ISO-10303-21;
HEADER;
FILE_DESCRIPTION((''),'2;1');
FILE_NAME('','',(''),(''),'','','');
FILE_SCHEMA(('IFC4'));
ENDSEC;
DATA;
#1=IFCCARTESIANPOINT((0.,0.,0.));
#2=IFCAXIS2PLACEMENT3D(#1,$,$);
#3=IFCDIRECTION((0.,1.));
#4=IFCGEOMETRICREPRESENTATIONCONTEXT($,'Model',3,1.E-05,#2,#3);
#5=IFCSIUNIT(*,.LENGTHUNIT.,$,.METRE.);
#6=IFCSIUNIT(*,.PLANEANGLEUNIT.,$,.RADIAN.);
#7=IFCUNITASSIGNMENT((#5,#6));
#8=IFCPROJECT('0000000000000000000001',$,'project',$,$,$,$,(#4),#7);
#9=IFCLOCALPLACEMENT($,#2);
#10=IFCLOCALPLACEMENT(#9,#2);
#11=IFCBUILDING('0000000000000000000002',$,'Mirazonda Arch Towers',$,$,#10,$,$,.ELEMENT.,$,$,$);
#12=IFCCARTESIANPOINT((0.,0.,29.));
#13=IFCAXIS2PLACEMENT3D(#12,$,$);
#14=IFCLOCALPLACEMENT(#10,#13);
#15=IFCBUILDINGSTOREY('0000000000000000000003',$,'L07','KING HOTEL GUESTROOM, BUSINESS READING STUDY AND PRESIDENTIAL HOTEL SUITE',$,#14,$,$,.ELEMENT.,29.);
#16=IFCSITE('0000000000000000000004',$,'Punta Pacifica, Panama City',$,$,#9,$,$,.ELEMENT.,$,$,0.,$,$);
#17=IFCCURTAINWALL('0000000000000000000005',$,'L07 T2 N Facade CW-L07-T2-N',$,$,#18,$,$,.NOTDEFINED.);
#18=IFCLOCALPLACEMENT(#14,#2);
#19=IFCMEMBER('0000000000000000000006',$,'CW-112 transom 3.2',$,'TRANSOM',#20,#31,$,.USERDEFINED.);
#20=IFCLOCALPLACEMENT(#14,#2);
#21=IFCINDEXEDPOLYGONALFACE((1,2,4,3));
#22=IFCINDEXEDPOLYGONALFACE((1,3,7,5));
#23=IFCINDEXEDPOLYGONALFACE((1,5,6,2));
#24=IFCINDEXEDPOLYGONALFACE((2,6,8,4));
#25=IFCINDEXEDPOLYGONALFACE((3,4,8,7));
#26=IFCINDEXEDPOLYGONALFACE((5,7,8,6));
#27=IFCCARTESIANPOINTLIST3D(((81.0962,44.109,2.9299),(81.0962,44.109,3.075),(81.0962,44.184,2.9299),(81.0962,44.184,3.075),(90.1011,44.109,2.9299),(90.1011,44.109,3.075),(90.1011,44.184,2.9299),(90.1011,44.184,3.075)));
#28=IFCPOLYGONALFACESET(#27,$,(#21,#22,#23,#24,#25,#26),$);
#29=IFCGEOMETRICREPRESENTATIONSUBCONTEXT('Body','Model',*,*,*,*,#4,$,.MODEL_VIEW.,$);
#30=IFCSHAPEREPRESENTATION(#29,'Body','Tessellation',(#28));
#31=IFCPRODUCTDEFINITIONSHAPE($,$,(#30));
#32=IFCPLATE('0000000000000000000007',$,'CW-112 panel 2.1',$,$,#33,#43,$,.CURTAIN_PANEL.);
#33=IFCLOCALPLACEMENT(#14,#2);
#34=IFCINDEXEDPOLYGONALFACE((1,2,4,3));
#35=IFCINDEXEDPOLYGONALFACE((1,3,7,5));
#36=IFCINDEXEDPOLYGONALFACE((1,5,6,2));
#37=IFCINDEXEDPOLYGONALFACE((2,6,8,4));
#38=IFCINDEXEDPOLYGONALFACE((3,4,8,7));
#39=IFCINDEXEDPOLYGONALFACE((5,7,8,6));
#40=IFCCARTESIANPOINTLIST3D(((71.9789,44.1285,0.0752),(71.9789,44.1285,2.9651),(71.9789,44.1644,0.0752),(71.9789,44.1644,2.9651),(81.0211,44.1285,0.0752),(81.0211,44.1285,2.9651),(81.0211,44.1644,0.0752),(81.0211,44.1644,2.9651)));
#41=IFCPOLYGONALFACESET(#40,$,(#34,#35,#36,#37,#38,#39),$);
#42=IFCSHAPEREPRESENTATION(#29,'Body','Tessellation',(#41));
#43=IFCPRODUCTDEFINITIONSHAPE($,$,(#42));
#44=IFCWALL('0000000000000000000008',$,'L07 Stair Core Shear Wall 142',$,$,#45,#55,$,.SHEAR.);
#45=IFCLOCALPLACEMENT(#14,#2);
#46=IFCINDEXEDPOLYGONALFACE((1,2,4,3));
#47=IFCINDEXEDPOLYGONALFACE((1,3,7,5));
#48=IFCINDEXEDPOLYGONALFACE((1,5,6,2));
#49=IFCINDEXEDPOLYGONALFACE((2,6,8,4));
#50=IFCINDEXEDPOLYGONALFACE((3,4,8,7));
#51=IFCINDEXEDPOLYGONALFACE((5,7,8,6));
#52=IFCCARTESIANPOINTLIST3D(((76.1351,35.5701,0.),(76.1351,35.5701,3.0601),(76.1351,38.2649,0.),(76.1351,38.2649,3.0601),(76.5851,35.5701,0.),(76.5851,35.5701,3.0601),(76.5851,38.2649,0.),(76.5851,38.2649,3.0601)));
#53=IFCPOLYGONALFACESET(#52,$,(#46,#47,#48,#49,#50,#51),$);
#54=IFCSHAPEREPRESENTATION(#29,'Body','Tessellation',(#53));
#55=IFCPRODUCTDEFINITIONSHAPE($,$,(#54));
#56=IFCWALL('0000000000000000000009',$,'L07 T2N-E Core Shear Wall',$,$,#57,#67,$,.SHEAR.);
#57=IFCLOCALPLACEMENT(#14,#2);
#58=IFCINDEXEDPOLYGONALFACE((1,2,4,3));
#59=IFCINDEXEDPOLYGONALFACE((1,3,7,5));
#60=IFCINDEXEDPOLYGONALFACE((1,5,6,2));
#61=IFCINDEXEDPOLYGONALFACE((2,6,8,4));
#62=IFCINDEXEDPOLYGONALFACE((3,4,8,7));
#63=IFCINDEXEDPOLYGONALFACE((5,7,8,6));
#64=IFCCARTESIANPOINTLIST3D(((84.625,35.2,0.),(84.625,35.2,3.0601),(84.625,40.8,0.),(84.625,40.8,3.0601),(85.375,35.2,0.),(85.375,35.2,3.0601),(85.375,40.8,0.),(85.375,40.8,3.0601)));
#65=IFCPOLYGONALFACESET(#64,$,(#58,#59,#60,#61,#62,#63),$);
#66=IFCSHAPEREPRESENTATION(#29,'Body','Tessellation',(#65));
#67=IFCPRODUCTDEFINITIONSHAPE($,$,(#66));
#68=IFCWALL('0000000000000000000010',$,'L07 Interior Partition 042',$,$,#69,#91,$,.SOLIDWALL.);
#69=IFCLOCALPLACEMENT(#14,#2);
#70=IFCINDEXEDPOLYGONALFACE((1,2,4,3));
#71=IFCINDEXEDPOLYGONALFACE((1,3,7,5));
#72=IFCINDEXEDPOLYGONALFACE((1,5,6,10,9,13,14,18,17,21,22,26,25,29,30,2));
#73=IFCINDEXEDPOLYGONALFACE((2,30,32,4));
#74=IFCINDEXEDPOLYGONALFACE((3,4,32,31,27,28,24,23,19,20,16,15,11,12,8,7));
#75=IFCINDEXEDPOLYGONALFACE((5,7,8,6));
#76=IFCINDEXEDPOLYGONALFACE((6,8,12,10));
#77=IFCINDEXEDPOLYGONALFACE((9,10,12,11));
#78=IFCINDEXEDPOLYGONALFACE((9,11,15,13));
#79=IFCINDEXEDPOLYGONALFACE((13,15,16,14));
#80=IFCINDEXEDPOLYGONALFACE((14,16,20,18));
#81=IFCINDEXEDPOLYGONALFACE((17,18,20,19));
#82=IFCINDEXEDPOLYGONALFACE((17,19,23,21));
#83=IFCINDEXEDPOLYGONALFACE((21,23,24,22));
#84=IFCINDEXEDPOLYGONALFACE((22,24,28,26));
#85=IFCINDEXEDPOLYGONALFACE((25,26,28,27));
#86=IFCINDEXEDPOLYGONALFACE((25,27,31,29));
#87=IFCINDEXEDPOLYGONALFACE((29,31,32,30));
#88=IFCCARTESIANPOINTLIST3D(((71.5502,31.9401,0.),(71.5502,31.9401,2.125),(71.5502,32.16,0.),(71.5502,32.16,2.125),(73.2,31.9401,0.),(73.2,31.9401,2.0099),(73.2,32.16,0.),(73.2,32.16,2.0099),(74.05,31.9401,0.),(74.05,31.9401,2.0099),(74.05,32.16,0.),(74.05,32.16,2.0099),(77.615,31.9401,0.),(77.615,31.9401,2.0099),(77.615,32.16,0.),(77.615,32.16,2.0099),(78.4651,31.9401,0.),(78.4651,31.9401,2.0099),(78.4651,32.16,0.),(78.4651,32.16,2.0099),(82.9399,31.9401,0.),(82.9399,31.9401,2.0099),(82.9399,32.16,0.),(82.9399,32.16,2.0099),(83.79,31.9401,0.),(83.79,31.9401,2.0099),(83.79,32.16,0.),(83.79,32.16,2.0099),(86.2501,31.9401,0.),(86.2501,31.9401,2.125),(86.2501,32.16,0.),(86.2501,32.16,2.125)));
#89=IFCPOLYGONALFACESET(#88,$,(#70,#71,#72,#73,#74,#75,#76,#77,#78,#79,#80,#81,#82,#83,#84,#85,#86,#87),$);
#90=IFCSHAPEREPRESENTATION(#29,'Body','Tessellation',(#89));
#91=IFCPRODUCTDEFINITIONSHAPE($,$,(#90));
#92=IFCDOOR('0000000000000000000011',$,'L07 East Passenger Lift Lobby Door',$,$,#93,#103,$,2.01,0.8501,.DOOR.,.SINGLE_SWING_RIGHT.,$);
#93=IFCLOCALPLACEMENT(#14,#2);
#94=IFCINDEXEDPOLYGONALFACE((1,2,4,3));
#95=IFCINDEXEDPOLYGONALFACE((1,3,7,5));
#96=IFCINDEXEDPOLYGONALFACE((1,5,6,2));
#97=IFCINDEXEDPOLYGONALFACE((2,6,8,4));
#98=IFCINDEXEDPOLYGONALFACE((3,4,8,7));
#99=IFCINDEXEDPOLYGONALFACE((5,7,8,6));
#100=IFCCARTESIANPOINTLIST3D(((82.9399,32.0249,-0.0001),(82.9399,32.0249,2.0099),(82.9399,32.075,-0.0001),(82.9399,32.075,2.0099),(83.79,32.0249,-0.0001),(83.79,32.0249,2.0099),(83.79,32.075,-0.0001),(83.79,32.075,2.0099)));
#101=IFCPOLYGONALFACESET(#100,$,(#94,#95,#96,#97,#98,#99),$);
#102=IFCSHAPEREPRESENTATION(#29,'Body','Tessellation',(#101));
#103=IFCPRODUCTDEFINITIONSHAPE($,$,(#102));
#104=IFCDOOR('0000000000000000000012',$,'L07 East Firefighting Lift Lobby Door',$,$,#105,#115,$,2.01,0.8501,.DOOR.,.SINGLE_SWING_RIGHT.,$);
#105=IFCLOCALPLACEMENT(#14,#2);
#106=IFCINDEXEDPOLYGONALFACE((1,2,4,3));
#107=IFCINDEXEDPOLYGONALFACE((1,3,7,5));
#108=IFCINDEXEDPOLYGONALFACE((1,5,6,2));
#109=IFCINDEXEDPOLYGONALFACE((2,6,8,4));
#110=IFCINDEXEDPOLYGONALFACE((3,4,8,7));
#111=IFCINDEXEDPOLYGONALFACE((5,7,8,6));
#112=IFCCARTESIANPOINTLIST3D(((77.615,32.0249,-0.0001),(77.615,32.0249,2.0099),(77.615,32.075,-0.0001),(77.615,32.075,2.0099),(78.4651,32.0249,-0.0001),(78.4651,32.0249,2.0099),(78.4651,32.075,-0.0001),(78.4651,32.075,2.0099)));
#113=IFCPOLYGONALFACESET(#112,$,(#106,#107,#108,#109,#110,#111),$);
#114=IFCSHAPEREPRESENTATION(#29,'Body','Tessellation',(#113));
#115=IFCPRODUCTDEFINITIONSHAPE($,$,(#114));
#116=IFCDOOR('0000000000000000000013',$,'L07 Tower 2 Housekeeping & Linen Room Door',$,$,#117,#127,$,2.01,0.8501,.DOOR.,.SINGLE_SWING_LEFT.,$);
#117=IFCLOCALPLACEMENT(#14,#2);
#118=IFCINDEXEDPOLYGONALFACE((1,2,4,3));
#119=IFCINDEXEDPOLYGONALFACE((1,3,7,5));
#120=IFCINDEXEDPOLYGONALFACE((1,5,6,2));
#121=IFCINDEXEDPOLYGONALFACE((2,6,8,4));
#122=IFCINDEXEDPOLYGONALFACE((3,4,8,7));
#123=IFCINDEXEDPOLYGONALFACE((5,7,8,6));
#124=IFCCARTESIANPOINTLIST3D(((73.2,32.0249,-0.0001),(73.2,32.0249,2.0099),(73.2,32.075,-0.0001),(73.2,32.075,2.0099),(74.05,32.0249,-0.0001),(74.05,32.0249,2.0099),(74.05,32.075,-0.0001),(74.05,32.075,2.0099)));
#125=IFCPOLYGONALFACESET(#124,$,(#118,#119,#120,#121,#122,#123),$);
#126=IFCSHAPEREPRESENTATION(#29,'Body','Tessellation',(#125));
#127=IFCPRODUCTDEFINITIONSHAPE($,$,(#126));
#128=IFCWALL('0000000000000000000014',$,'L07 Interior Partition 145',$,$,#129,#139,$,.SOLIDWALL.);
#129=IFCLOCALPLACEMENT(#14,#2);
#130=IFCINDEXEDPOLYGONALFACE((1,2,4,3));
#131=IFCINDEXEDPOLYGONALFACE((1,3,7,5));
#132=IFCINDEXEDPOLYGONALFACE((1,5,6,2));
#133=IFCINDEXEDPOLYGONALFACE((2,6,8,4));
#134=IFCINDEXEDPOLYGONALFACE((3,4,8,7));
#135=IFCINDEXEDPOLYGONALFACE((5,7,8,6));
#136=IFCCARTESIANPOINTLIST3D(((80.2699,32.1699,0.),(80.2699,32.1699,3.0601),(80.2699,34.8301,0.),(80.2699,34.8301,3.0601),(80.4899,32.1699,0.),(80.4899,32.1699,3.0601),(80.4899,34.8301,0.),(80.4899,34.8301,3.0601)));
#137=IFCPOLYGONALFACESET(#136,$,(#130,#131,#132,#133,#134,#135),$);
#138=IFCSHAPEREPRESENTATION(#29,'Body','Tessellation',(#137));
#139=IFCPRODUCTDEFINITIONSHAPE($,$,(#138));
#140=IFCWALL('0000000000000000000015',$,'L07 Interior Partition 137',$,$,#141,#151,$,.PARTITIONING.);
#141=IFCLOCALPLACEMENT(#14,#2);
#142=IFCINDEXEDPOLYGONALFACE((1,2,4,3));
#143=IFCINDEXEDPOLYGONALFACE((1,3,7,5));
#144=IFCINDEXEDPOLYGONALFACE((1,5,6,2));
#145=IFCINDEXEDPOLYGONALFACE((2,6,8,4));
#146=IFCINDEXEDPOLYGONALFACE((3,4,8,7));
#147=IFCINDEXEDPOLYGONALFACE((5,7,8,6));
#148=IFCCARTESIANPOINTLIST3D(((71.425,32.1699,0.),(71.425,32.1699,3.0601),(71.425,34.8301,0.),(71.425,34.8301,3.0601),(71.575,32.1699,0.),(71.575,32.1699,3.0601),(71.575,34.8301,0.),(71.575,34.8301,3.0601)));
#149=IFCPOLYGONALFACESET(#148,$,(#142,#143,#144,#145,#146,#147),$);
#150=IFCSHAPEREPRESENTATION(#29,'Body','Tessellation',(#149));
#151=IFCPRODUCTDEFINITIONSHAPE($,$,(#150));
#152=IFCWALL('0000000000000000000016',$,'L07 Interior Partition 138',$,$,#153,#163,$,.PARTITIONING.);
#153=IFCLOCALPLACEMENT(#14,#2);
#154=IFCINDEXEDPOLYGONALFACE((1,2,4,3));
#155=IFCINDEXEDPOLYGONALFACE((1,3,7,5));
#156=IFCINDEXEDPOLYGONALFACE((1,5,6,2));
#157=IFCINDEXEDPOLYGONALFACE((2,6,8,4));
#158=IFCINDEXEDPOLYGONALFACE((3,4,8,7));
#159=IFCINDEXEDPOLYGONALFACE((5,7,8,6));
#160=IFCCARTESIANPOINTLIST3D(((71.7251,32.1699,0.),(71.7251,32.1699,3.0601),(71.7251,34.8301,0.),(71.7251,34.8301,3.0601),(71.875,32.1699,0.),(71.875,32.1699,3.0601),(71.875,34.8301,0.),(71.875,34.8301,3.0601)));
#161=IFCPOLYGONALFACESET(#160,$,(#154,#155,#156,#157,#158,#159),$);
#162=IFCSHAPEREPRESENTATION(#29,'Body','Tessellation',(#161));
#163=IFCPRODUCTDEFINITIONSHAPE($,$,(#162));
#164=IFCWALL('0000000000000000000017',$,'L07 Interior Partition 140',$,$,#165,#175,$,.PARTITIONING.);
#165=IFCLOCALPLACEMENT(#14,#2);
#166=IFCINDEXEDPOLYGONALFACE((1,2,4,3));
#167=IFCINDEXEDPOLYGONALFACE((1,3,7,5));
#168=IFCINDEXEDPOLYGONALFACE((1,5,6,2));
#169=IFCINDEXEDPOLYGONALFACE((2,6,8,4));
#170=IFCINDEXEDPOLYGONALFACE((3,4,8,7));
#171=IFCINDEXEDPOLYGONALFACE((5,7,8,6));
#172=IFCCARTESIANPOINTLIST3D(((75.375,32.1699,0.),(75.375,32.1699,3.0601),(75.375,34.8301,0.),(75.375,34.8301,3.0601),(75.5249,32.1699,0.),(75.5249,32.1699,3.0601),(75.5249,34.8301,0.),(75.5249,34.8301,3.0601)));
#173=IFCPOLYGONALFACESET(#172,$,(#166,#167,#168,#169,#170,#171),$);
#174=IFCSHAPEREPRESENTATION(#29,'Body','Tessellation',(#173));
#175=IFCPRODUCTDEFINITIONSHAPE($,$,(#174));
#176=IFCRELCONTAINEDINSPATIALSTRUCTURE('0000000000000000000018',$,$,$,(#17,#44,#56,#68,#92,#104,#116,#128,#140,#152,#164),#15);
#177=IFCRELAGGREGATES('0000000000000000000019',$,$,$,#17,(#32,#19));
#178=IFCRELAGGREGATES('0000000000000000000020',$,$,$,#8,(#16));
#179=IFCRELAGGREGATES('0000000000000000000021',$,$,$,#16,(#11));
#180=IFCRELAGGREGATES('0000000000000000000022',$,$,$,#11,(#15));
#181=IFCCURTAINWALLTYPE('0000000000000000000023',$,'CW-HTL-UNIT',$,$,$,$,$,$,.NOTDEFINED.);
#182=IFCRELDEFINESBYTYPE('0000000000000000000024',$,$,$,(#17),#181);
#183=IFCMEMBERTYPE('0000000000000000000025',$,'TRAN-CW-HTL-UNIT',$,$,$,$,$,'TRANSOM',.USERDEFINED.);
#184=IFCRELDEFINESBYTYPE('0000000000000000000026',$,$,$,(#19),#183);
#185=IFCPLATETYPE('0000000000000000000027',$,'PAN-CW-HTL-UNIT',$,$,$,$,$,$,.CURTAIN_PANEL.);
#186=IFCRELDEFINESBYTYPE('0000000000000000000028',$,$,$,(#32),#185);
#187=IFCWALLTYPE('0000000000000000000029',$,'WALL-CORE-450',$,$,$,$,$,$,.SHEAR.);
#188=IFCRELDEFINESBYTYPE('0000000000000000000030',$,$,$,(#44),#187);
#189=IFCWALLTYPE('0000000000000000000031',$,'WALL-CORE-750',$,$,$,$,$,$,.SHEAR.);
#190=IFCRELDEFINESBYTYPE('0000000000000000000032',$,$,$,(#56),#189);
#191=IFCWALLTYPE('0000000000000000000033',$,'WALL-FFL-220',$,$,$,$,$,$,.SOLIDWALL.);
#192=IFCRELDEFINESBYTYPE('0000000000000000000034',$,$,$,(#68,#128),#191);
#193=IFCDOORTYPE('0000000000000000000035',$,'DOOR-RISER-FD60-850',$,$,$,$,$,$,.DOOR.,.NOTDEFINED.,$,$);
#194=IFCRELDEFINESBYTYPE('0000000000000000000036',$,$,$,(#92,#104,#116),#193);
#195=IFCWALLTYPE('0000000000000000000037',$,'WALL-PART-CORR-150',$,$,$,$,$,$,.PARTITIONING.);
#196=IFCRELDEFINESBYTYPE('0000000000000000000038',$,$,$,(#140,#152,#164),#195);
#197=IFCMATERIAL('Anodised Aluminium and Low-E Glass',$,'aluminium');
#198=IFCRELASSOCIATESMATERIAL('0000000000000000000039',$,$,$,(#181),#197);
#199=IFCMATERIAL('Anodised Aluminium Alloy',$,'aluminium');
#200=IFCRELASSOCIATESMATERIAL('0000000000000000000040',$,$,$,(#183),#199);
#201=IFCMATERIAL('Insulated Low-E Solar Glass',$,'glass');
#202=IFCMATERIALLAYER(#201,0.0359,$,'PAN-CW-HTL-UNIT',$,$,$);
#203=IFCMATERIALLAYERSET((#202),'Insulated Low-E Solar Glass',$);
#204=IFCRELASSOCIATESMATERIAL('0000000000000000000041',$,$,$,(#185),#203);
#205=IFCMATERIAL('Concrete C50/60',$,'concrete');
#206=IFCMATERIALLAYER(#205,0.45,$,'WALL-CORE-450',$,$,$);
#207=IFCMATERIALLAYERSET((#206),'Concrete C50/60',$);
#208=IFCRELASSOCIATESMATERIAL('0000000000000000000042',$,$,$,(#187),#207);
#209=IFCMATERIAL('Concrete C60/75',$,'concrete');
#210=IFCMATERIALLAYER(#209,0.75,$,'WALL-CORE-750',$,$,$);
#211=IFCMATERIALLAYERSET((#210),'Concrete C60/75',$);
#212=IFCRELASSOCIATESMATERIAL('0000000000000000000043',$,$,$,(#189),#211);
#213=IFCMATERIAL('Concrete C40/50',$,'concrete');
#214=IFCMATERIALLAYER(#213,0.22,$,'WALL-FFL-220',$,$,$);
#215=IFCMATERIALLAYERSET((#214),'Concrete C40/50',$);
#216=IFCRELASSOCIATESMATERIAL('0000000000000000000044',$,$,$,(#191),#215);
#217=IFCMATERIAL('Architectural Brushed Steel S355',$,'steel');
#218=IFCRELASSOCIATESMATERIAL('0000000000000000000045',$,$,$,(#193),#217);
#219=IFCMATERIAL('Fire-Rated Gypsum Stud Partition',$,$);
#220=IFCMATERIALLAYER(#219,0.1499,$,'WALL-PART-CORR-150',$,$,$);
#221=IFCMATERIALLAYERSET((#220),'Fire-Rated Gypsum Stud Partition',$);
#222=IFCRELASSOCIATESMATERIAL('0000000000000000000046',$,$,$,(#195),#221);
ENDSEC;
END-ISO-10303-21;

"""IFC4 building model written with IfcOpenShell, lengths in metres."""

from ifc_helpers import new_model, si_unit, direction, frame, frame_2d, origin, origin_2d, place, context, subcontext, project, spatial, rectangle, extrude, material, layer, layer_set, material_profile, profile_set, type_object, element, fill, aggregate, save


model = new_model("IFC4")

# Units and contexts
model_context = context("Model", 3, precision=1e-05, world=origin(), true_north=direction((0.0, 1.0)))
body_context = subcontext(model_context, "Body", "Model", "MODEL_VIEW")
ifc_project = project(units=[si_unit("LENGTHUNIT", "METRE"), si_unit("PLANEANGLEUNIT", "RADIAN")], contexts=[model_context])

# Site, building, storey
site_placement = place(None, origin())
site = spatial("IfcSite", under=ifc_project, at=site_placement, Name="Punta Pacifica, Panama City", CompositionType="ELEMENT", RefElevation=0.0)
building_placement = place(site_placement, origin())
building = spatial("IfcBuilding", under=site, at=building_placement, Name="Mirazonda Arch Towers", CompositionType="ELEMENT")
storey_placement = place(building_placement, frame((0.0, 0.0, 29.0)))
storey = spatial("IfcBuildingStorey", under=building, at=storey_placement, Name="L07", Description="KING HOTEL GUESTROOM, BUSINESS READING STUDY AND PRESIDENTIAL HOTEL SUITE", CompositionType="ELEMENT", Elevation=29.0)

# Shared definitions
ifc_material_1 = material(Name="Concrete C60/75", Category="concrete")

# Curtain wall, member, plate
ifc_material_2 = material(Name="Anodised Aluminium and Low-E Glass", Category="aluminium")
curtain_wall_type = type_object("IfcCurtainWallType", Name="CW-HTL-UNIT", PredefinedType="NOTDEFINED", material=ifc_material_2)
curtain_wall_placement = place(storey_placement, origin())
curtain_wall = element("IfcCurtainWall", 1, at=curtain_wall_placement, inside=storey, type_object=curtain_wall_type, Name="L07 T2 N Facade CW-L07-T2-N", PredefinedType="NOTDEFINED")
ifc_material_3 = material(Name="Anodised Aluminium Alloy", Category="aluminium")
ifc_material_profile_1 = material_profile(ifc_material_3, rectangle(XDim=0.075, YDim=0.145, at=origin_2d()), Name="ALU-TRAN-75x145")
ifc_profile_set_1 = profile_set([ifc_material_profile_1], Name="Anodised Aluminium Alloy")
member_type_1 = type_object("IfcMemberType", Name="TRAN-CW-HTL-UNIT", ElementType="TRANSOM", PredefinedType="USERDEFINED", material=ifc_profile_set_1)
member_1_placement = place(storey_placement, frame((81.0962, 44.1465, 3.0024), z_axis=(1.0, 0.0, 0.0), x_axis=(0.0, 1.0, 0.0)))
member_1 = element("IfcMember", 2, at=member_1_placement, type_object=member_type_1, Name="CW-112 transom 3.2", ObjectType="TRANSOM", PredefinedType="USERDEFINED", context=body_context, shape_type="SweptSolid", body=[
    extrude(rectangle(XDim=0.075, YDim=0.145, at=origin_2d()), origin(), (0.0, 0.0, 1.0), 9.0049),
])
ifc_material_4 = material(Name="Insulated Low-E Solar Glass", Category="glass")
ifc_layer_1 = layer(ifc_material_4, 0.0359, Name="PAN-CW-HTL-UNIT")
ifc_layer_set_1 = layer_set([ifc_layer_1], Name="Insulated Low-E Solar Glass")
plate_type = type_object("IfcPlateType", Name="PAN-CW-HTL-UNIT", PredefinedType="CURTAIN_PANEL", material=ifc_layer_set_1)
plate_placement = place(storey_placement, frame((76.5, 44.1465, 0.0752), z_axis=(0.0, 0.0, 1.0), x_axis=(1.0, 0.0, 0.0)))
plate = element("IfcPlate", 3, at=plate_placement, type_object=plate_type, Name="CW-112 panel 2.1", PredefinedType="CURTAIN_PANEL", context=body_context, shape_type="SweptSolid", body=[
    extrude(rectangle(XDim=9.0422, YDim=0.0359, at=origin_2d()), origin(), (0.0, 0.0, 1.0), 2.8899),
])
aggregate(curtain_wall, [plate, member_1])

# Walls
ifc_material_5 = material(Name="Concrete C50/60", Category="concrete")
ifc_layer_2 = layer(ifc_material_5, 0.45, Name="WALL-CORE-450")
ifc_layer_set_2 = layer_set([ifc_layer_2], Name="Concrete C50/60")
wall_type_1 = type_object("IfcWallType", Name="WALL-CORE-450", PredefinedType="SHEAR", material=ifc_layer_set_2)
wall_1_placement = place(storey_placement, frame((76.3601, 35.5701, 0.0), z_axis=(0.0, 0.0, 1.0), x_axis=(0.0, 1.0, 0.0)))
element("IfcWall", 4, at=wall_1_placement, inside=storey, type_object=wall_type_1, Name="L07 Stair Core Shear Wall 142", PredefinedType="SHEAR", context=body_context, shape_type="SweptSolid", body=[
    extrude(rectangle(XDim=2.6948, YDim=0.45, at=frame_2d((1.3474, 0.0))), origin(), (0.0, 0.0, 1.0), 3.0601),
])
ifc_layer_3 = layer(ifc_material_1, 0.75, Name="WALL-CORE-750")
ifc_layer_set_3 = layer_set([ifc_layer_3], Name="Concrete C60/75")
wall_type_2 = type_object("IfcWallType", Name="WALL-CORE-750", PredefinedType="SHEAR", material=ifc_layer_set_3)
wall_2_placement = place(storey_placement, frame((85.0, 35.2, 0.0), z_axis=(0.0, 0.0, 1.0), x_axis=(0.0, 1.0, 0.0)))
element("IfcWall", 5, at=wall_2_placement, inside=storey, type_object=wall_type_2, Name="L07 T2N-E Core Shear Wall", PredefinedType="SHEAR", context=body_context, shape_type="SweptSolid", body=[
    extrude(rectangle(XDim=5.6001, YDim=0.75, at=frame_2d((2.8, 0.0))), origin(), (0.0, 0.0, 1.0), 3.0601),
])

# Wall, openings, doors
ifc_material_6 = material(Name="Concrete C40/50", Category="concrete")
ifc_layer_4 = layer(ifc_material_6, 0.22, Name="WALL-FFL-220")
ifc_layer_set_4 = layer_set([ifc_layer_4], Name="Concrete C40/50")
wall_type_3 = type_object("IfcWallType", Name="WALL-FFL-220", PredefinedType="SOLIDWALL", material=ifc_layer_set_4)
wall_3_placement = place(storey_placement, frame((71.55, 32.05, 0.0), z_axis=(0.0, 0.0, 1.0), x_axis=(1.0, 0.0, 0.0)))
wall_3 = element("IfcWall", 6, at=wall_3_placement, inside=storey, type_object=wall_type_3, Name="L07 Interior Partition 042", PredefinedType="SOLIDWALL", context=body_context, shape_type="SweptSolid", body=[
    extrude(rectangle(XDim=14.7, YDim=0.22, at=frame_2d((7.3501, 0.0))), origin(), (0.0, 0.0, 1.0), 2.125),
])
opening_1_placement = place(wall_3_placement, frame((11.3899, 0.0, 0.0)))
opening_1 = element("IfcOpeningElement", 7, at=opening_1_placement, cuts=wall_3, PredefinedType="OPENING", context=body_context, shape_type="SweptSolid", body=[
    extrude(rectangle(XDim=0.8501, YDim=2.01, at=frame_2d((0.425, 1.0049))), frame((0.0, 0.1199, 0.0), z_axis=(0.0, -1.0, 0.0), x_axis=(1.0, 0.0, 0.0)), (0.0, 0.0, 1.0), 0.24),
])
opening_2_placement = place(wall_3_placement, frame((6.0649, 0.0, 0.0)))
opening_2 = element("IfcOpeningElement", 8, at=opening_2_placement, cuts=wall_3, PredefinedType="OPENING", context=body_context, shape_type="SweptSolid", body=[
    extrude(rectangle(XDim=0.8501, YDim=2.01, at=frame_2d((0.425, 1.0049))), frame((0.0, 0.1199, 0.0), z_axis=(0.0, -1.0, 0.0), x_axis=(1.0, 0.0, 0.0)), (0.0, 0.0, 1.0), 0.24),
])
opening_3_placement = place(wall_3_placement, frame((1.6499, 0.0, 0.0)))
opening_3 = element("IfcOpeningElement", 9, at=opening_3_placement, cuts=wall_3, PredefinedType="OPENING", context=body_context, shape_type="SweptSolid", body=[
    extrude(rectangle(XDim=0.8501, YDim=2.01, at=frame_2d((0.425, 1.0049))), frame((0.0, 0.1199, 0.0), z_axis=(0.0, -1.0, 0.0), x_axis=(1.0, 0.0, 0.0)), (0.0, 0.0, 1.0), 0.24),
])
ifc_material_7 = material(Name="Architectural Brushed Steel S355", Category="steel")
door_type = type_object("IfcDoorType", Name="DOOR-RISER-FD60-850", OperationType="NOTDEFINED", PredefinedType="DOOR", material=ifc_material_7)
door_1_placement = place(opening_1_placement, origin())
door_1 = element("IfcDoor", 10, at=door_1_placement, inside=storey, type_object=door_type, Name="L07 East Passenger Lift Lobby Door", OperationType="SINGLE_SWING_RIGHT", OverallHeight=2.01, OverallWidth=0.8501, PredefinedType="DOOR", context=body_context, shape_type="SweptSolid", body=[
    extrude(rectangle(XDim=0.8501, YDim=2.01, at=frame_2d((0.425, 1.0049))), frame((0.0, 0.0249, 0.0), z_axis=(0.0, -1.0, 0.0), x_axis=(1.0, 0.0, 0.0)), (0.0, 0.0, 1.0), 0.05),
])
fill(opening_1, door_1)
door_2_placement = place(opening_2_placement, origin())
door_2 = element("IfcDoor", 11, at=door_2_placement, inside=storey, type_object=door_type, Name="L07 East Firefighting Lift Lobby Door", OperationType="SINGLE_SWING_RIGHT", OverallHeight=2.01, OverallWidth=0.8501, PredefinedType="DOOR", context=body_context, shape_type="SweptSolid", body=[
    extrude(rectangle(XDim=0.8501, YDim=2.01, at=frame_2d((0.425, 1.0049))), frame((0.0, 0.0249, 0.0), z_axis=(0.0, -1.0, 0.0), x_axis=(1.0, 0.0, 0.0)), (0.0, 0.0, 1.0), 0.05),
])
fill(opening_2, door_2)
door_3_placement = place(opening_3_placement, origin())
door_3 = element("IfcDoor", 12, at=door_3_placement, inside=storey, type_object=door_type, Name="L07 Tower 2 Housekeeping & Linen Room Door", OperationType="SINGLE_SWING_LEFT", OverallHeight=2.01, OverallWidth=0.8501, PredefinedType="DOOR", context=body_context, shape_type="SweptSolid", body=[
    extrude(rectangle(XDim=0.8501, YDim=2.01, at=frame_2d((0.425, 1.0049))), frame((0.0, 0.0249, 0.0), z_axis=(0.0, -1.0, 0.0), x_axis=(1.0, 0.0, 0.0)), (0.0, 0.0, 1.0), 0.05),
])
fill(opening_3, door_3)

# Walls
wall_4_placement = place(storey_placement, frame((80.3799, 32.1699, 0.0), z_axis=(0.0, 0.0, 1.0), x_axis=(0.0, 1.0, 0.0)))
element("IfcWall", 13, at=wall_4_placement, inside=storey, type_object=wall_type_3, Name="L07 Interior Partition 145", PredefinedType="SOLIDWALL", context=body_context, shape_type="SweptSolid", body=[
    extrude(rectangle(XDim=2.6602, YDim=0.22, at=frame_2d((1.3301, 0.0))), origin(), (0.0, 0.0, 1.0), 3.0601),
])
ifc_material_8 = material(Name="Fire-Rated Gypsum Stud Partition")
ifc_layer_5 = layer(ifc_material_8, 0.1499, Name="WALL-PART-CORR-150")
ifc_layer_set_5 = layer_set([ifc_layer_5], Name="Fire-Rated Gypsum Stud Partition")
wall_type_4 = type_object("IfcWallType", Name="WALL-PART-CORR-150", PredefinedType="PARTITIONING", material=ifc_layer_set_5)
for number, where, z_axis, x_axis, name in (
    (14, (71.5, 32.1699, 0.0), (0.0, 0.0, 1.0), (0.0, 1.0, 0.0), "L07 Interior Partition 137"),
    (15, (71.8, 32.1699, 0.0), (0.0, 0.0, 1.0), (0.0, 1.0, 0.0), "L07 Interior Partition 138"),
    (16, (75.45, 32.1699, 0.0), (0.0, 0.0, 1.0), (0.0, 1.0, 0.0), "L07 Interior Partition 140"),
):
    element("IfcWall", number, at=place(storey_placement, frame(where, z_axis=z_axis, x_axis=x_axis)), inside=storey, type_object=wall_type_4, Name=name, PredefinedType="PARTITIONING", context=body_context, shape_type="SweptSolid", body=[
        extrude(rectangle(XDim=2.6602, YDim=0.1499, at=frame_2d((1.3301, 0.0))), origin(), (0.0, 0.0, 1.0), 3.0601),
    ])

save(model, "model.ifc")
